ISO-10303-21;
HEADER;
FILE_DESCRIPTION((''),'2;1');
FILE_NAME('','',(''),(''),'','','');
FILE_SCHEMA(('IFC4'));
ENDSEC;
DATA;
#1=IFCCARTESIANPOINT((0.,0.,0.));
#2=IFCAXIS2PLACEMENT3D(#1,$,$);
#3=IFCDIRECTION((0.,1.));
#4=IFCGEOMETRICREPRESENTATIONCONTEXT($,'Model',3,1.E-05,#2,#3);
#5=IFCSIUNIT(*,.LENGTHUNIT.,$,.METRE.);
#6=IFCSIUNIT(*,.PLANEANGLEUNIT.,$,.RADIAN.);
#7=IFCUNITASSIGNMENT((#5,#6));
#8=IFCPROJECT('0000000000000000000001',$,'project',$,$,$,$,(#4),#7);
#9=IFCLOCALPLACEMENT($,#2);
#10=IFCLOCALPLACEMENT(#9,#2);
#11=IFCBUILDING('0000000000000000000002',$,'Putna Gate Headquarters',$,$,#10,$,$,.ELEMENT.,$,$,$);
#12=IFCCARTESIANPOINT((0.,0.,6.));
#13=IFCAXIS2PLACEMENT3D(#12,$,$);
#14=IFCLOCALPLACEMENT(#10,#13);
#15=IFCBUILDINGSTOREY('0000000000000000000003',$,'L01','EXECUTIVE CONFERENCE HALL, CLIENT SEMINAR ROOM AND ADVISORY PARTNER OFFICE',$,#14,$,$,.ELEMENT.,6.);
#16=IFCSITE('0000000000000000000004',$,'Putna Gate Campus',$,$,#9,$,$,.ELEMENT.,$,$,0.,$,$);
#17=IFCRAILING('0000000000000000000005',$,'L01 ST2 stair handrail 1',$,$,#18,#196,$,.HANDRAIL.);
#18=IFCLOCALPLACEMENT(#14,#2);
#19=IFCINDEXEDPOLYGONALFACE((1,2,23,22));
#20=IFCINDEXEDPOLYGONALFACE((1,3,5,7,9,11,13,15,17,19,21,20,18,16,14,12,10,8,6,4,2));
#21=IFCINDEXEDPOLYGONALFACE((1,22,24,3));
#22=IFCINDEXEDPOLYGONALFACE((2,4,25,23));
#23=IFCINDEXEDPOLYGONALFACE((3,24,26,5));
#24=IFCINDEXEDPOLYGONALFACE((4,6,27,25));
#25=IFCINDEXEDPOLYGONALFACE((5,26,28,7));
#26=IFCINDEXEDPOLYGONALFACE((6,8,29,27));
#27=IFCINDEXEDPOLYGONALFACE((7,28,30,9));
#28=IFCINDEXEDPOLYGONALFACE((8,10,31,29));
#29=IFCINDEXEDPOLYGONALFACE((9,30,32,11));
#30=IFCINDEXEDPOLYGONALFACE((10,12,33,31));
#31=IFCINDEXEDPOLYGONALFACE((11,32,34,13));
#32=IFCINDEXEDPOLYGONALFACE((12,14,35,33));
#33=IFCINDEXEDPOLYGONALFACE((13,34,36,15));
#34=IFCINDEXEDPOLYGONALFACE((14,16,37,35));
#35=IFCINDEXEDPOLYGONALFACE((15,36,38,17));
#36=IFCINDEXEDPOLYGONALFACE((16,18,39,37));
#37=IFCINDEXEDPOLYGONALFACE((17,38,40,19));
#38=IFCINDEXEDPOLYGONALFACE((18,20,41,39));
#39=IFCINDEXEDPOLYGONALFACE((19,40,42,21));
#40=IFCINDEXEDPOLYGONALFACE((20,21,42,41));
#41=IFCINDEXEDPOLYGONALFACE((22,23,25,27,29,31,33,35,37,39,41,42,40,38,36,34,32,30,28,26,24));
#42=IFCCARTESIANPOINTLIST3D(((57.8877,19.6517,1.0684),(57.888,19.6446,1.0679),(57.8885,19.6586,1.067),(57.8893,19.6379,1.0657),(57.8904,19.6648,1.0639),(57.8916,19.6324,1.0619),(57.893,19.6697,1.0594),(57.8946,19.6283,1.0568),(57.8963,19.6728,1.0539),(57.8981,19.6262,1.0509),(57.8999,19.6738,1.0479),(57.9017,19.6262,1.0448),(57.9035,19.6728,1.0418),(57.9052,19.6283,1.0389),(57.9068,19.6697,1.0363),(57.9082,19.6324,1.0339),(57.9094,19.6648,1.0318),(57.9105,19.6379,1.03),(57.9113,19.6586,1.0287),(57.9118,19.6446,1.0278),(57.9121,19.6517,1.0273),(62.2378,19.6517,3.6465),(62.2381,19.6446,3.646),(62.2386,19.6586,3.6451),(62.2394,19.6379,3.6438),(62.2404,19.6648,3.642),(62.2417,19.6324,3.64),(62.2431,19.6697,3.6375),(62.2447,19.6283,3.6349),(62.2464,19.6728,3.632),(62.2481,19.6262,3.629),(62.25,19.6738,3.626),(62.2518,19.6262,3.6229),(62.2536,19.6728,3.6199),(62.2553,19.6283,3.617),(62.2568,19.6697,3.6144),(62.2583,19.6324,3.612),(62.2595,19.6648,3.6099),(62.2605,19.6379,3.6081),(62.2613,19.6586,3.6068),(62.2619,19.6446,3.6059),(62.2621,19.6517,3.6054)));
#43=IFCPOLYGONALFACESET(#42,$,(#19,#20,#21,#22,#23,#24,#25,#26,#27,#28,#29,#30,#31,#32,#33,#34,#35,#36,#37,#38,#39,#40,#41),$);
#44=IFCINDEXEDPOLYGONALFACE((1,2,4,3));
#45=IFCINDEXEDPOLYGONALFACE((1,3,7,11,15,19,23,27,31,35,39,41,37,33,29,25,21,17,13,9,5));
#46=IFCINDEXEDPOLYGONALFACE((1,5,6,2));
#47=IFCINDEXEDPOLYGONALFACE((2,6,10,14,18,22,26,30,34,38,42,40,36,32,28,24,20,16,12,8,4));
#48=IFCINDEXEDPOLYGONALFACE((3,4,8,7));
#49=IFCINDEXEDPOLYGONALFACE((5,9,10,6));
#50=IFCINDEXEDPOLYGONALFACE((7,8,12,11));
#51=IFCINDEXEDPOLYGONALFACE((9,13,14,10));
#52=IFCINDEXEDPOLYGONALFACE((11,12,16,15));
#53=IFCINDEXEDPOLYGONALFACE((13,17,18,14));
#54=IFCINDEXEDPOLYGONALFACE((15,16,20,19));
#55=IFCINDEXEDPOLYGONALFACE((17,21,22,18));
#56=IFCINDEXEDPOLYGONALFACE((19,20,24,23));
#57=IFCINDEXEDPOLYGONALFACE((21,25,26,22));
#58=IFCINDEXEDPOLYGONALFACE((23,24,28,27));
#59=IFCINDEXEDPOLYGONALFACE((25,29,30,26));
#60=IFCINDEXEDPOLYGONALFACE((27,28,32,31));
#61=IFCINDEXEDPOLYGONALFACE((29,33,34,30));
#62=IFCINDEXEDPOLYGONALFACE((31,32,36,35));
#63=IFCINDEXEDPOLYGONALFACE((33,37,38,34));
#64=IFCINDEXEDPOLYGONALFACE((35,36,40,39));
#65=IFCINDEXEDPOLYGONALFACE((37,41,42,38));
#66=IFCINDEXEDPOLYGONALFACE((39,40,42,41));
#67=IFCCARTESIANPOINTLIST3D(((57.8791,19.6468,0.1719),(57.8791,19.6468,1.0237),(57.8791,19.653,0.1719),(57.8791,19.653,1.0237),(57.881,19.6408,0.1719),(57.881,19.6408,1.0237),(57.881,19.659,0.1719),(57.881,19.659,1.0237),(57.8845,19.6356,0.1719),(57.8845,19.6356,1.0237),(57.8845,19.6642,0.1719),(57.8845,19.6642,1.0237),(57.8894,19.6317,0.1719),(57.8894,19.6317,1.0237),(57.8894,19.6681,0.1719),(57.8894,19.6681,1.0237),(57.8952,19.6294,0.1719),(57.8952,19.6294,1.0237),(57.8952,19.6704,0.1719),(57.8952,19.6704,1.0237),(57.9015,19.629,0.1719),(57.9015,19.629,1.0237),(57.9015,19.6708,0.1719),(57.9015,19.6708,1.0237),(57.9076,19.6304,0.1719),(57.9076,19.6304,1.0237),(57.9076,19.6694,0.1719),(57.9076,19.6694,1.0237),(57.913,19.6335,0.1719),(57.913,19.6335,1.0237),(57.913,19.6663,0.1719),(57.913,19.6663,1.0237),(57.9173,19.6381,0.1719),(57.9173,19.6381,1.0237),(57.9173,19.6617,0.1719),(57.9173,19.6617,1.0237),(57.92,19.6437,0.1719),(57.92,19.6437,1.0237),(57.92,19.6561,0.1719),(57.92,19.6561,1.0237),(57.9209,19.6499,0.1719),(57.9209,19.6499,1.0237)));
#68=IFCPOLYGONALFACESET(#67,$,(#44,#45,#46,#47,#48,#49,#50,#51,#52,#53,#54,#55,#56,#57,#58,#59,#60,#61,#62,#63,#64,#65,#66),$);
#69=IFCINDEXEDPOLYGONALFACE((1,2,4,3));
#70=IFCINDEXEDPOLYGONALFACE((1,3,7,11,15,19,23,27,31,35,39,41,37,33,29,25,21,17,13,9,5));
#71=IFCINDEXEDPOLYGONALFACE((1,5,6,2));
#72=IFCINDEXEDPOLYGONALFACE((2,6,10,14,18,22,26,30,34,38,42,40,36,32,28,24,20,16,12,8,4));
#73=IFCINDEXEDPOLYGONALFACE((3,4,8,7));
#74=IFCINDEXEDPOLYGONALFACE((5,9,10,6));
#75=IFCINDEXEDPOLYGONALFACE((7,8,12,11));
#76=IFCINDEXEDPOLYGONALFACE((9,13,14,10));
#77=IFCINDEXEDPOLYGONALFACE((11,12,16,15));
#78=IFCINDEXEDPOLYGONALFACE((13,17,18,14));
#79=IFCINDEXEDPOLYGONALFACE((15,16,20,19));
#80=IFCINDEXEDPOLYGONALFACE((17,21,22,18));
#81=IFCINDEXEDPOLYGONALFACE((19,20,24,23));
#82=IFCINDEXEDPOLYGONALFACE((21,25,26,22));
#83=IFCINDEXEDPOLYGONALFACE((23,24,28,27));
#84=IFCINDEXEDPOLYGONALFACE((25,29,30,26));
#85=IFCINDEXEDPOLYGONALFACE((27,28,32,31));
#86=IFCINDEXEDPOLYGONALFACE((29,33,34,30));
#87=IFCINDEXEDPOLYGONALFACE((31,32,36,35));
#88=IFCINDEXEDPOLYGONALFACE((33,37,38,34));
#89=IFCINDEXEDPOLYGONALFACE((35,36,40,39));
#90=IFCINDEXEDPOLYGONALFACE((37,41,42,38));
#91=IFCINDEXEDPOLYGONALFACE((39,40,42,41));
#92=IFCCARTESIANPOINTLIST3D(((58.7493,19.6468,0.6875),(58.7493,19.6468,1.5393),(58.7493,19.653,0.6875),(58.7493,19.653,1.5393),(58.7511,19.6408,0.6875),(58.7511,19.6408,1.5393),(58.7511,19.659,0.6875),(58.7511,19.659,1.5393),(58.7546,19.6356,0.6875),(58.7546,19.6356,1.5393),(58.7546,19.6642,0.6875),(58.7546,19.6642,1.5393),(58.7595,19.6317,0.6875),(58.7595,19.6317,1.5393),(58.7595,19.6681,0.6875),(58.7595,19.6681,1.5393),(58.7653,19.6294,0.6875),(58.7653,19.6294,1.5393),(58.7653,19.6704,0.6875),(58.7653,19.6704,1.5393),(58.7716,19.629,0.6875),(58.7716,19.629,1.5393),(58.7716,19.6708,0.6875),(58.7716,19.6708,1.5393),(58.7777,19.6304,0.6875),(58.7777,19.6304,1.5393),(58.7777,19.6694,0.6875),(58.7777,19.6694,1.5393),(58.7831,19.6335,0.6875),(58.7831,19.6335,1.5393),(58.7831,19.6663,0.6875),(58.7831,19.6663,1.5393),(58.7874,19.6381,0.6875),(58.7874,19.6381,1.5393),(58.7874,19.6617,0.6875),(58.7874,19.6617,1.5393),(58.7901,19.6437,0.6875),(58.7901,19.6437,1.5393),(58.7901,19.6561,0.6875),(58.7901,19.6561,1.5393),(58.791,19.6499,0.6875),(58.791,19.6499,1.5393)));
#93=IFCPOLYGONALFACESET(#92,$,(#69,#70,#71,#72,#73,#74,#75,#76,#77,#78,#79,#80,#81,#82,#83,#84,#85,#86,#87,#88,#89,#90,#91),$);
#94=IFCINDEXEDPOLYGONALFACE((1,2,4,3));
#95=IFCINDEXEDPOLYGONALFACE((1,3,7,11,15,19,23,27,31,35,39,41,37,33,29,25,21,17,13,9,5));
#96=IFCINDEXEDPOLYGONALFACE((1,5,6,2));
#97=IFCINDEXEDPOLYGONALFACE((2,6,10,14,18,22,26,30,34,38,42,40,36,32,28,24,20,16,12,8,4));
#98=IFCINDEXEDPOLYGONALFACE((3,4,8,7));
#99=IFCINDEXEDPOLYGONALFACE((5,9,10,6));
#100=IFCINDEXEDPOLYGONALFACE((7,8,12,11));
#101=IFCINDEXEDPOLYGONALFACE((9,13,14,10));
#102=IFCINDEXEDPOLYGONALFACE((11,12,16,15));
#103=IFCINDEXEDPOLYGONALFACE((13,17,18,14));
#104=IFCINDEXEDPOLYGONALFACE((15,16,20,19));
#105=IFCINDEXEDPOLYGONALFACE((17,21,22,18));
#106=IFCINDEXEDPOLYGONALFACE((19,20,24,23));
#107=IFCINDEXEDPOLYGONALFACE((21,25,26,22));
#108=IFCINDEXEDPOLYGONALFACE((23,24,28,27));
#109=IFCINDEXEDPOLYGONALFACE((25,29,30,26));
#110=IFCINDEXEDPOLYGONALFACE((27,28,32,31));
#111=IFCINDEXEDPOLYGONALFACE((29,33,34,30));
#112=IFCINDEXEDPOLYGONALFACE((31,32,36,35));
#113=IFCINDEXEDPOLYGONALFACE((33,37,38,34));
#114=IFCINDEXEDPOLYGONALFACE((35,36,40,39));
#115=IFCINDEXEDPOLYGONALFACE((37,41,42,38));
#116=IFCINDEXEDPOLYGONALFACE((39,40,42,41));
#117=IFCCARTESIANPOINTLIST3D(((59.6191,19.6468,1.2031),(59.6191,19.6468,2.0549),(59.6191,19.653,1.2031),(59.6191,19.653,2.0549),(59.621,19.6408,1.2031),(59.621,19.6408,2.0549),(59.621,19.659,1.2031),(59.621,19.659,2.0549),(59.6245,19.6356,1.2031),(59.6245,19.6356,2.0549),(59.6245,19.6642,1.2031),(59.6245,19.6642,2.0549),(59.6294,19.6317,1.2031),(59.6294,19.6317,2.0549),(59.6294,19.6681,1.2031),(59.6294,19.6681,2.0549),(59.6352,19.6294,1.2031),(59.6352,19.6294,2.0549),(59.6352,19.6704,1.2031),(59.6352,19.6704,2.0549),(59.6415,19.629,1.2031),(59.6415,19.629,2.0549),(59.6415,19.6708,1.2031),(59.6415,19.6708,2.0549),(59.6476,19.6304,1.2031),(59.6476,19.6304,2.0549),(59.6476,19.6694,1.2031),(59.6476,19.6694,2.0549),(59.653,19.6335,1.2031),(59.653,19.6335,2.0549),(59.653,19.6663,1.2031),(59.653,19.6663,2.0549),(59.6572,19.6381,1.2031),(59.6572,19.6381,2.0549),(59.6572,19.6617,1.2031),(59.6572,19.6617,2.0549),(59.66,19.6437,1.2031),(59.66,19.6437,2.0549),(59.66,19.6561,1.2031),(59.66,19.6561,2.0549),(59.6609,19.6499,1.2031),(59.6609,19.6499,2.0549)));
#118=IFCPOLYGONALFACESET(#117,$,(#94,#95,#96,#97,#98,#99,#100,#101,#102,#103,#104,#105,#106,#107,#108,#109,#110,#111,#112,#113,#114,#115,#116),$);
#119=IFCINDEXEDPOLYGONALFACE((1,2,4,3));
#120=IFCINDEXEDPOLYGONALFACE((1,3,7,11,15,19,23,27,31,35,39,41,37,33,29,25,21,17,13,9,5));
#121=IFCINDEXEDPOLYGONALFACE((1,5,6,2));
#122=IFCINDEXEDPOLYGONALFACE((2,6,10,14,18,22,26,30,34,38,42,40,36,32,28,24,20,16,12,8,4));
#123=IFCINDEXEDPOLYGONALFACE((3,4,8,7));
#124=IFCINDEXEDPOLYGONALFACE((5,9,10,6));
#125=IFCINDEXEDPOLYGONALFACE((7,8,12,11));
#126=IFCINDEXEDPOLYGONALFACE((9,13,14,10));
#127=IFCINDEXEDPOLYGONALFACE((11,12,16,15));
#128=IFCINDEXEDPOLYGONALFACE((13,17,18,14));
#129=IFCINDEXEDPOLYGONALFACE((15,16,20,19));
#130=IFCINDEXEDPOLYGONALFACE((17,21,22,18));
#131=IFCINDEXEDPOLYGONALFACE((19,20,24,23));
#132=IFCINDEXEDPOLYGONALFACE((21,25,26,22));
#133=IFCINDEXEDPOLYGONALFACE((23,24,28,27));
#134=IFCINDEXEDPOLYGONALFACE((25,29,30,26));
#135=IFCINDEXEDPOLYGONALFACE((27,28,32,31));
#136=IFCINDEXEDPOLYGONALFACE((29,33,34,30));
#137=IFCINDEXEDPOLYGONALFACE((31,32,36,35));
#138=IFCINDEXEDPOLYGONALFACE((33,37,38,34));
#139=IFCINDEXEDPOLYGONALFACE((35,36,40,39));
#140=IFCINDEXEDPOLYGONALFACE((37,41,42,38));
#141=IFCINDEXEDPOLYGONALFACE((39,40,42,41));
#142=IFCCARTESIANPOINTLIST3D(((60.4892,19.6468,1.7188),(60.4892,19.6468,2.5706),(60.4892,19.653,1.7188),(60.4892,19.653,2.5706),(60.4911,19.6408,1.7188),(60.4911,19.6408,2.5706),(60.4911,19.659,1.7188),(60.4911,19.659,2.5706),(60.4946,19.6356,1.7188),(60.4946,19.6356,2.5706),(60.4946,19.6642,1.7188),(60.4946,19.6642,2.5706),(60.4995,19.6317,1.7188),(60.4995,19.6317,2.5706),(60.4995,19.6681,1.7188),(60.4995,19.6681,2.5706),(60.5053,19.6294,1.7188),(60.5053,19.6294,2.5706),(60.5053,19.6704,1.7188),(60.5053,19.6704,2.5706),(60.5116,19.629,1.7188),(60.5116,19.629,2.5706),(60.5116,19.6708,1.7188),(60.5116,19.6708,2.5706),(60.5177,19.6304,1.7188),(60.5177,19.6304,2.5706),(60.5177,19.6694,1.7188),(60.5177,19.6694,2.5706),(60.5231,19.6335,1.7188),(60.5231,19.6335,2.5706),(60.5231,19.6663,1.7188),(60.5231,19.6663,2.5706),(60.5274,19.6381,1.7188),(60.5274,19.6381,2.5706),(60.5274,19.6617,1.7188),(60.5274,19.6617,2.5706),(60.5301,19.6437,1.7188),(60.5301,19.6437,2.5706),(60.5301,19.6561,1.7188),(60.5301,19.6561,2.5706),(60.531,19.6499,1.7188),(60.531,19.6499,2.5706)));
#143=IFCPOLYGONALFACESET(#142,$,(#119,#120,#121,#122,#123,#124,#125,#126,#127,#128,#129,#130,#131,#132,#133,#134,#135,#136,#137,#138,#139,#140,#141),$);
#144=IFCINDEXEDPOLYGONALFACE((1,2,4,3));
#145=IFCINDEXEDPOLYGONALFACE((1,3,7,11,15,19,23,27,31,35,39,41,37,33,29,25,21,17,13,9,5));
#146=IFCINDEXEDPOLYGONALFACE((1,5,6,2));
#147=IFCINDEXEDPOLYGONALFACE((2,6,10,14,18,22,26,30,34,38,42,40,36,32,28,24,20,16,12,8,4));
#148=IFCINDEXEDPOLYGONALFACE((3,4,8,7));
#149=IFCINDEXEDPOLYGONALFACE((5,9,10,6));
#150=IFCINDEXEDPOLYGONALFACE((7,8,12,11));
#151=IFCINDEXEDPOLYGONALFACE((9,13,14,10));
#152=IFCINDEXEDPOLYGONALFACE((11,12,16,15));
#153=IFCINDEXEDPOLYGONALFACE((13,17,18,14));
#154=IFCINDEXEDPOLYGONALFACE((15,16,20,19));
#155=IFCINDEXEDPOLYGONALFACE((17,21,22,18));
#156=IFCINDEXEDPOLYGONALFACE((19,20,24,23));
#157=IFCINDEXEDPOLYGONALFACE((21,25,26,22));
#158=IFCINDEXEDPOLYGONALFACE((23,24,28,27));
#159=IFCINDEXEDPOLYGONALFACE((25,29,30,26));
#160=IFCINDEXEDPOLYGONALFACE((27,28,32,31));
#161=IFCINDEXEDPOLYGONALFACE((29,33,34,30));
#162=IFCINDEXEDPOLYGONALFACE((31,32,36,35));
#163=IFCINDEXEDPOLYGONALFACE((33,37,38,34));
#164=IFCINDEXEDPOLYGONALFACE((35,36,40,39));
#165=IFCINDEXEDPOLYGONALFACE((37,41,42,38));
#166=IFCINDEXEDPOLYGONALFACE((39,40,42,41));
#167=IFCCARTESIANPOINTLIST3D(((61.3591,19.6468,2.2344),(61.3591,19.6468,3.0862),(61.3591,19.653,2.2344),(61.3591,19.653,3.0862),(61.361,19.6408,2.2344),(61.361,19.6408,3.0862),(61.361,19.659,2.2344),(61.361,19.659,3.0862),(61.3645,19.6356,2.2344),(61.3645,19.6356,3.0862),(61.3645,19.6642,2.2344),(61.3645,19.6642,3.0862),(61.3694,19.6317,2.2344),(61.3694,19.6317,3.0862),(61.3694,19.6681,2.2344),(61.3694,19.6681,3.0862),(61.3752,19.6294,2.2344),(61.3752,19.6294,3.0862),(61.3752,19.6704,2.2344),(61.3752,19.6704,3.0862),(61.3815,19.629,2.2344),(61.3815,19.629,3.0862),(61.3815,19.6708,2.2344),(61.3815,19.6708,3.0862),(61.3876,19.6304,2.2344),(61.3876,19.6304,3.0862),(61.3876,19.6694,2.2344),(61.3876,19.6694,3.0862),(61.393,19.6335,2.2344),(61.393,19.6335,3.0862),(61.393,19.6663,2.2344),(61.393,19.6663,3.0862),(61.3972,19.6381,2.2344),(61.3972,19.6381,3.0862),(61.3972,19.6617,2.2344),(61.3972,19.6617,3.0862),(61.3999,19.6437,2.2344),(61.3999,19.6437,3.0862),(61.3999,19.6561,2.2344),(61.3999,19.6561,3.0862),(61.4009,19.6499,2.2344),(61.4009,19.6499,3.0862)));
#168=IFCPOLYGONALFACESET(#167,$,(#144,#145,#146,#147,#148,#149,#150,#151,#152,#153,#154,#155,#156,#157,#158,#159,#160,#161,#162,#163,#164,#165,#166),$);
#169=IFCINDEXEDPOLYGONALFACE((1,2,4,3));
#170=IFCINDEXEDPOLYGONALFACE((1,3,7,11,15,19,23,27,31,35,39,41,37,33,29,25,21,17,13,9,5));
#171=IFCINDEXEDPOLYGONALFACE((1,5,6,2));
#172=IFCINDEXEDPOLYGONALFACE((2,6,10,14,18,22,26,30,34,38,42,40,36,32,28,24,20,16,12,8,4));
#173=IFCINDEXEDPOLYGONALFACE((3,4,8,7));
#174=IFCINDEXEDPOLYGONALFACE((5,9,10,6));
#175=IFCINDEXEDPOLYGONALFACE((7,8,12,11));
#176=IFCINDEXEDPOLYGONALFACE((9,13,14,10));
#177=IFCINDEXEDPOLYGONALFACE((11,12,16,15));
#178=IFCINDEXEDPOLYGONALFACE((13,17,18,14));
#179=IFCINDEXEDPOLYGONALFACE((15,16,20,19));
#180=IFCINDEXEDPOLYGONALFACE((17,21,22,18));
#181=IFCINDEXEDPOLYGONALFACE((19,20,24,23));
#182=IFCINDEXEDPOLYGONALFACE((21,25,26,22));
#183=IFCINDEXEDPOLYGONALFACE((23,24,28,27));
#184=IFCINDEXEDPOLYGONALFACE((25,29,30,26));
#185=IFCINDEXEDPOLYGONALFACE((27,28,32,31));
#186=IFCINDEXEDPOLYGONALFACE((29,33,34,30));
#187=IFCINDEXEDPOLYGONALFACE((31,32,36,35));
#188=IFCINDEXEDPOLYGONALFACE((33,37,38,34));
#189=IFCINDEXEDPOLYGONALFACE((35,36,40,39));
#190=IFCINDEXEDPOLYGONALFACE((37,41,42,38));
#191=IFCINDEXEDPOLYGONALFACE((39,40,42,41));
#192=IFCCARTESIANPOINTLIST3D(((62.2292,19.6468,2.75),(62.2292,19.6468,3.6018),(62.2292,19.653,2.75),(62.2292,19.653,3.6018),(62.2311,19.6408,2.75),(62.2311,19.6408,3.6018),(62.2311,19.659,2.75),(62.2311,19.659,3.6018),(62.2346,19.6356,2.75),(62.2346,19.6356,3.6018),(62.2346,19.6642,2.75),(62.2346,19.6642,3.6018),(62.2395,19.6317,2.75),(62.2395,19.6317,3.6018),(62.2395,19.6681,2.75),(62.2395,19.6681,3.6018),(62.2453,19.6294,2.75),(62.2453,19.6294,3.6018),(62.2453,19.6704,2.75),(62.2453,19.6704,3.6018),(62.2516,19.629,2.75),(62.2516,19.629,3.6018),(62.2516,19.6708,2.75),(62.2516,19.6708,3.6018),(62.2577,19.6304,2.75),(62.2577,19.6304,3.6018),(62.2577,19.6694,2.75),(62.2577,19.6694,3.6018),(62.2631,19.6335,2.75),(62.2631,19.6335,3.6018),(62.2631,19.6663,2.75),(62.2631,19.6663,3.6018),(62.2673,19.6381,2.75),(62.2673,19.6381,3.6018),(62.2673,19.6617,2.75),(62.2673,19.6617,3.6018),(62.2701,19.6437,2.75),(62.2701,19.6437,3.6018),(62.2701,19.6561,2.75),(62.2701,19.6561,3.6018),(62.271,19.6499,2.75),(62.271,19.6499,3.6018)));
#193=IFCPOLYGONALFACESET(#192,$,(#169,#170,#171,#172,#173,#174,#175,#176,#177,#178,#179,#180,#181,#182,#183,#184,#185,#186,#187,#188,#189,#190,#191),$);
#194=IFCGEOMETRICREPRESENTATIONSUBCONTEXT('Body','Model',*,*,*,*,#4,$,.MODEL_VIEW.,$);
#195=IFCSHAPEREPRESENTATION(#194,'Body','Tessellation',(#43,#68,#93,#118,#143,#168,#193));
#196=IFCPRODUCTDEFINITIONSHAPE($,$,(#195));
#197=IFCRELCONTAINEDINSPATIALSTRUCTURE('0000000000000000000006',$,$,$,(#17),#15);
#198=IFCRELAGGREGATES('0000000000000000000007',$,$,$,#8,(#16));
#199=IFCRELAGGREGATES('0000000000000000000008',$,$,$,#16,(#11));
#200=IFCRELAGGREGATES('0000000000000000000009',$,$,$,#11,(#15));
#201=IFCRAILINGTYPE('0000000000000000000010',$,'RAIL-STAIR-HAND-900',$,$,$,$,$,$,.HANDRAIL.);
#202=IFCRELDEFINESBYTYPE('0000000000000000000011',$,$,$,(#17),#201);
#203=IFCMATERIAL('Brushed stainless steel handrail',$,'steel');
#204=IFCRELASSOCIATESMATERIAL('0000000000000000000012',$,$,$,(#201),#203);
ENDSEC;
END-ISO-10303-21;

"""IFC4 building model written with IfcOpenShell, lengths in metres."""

from ifc_helpers import new_model, si_unit, direction, frame, origin, origin_2d, place, context, subcontext, project, spatial, circle, extrude, material, type_object, element, save


model = new_model("IFC4")

# Units and contexts
model_context = context("Model", 3, precision=1e-05, world=origin(), true_north=direction((0.0, 1.0)))
body_context = subcontext(model_context, "Body", "Model", "MODEL_VIEW")
ifc_project = project(units=[si_unit("LENGTHUNIT", "METRE"), si_unit("PLANEANGLEUNIT", "RADIAN")], contexts=[model_context])

# Site, building, storey
site_placement = place(None, origin())
site = spatial("IfcSite", under=ifc_project, at=site_placement, Name="Putna Gate Campus", CompositionType="ELEMENT", RefElevation=0.0)
building_placement = place(site_placement, origin())
building = spatial("IfcBuilding", under=site, at=building_placement, Name="Putna Gate Headquarters", CompositionType="ELEMENT")
storey_placement = place(building_placement, frame((0.0, 0.0, 6.0)))
storey = spatial("IfcBuildingStorey", under=building, at=storey_placement, Name="L01", Description="EXECUTIVE CONFERENCE HALL, CLIENT SEMINAR ROOM AND ADVISORY PARTNER OFFICE", CompositionType="ELEMENT", Elevation=6.0)

# Railing
ifc_material_1 = material(Name="Brushed stainless steel handrail", Category="steel")
railing_type_1 = type_object("IfcRailingType", Name="RAIL-STAIR-HAND-900", PredefinedType="HANDRAIL", material=ifc_material_1)
railing_1_placement = place(storey_placement, frame((57.8999, 19.6499, 0.1719)))
element("IfcRailing", 1, at=railing_1_placement, inside=storey, type_object=railing_type_1, Name="L01 ST2 stair handrail 1", PredefinedType="HANDRAIL", context=body_context, shape_type="SweptSolid", body=[
    extrude(circle(Radius=0.0239, at=origin_2d()), frame((0.0, 0.0, 0.876), z_axis=(0.860266, 0.0, 0.509845), x_axis=(0.0, 1.0, 0.0)), (0.0, 0.0, 1.0), 5.0566),
    extrude(circle(Radius=0.021, at=origin_2d()), origin(), (0.0, 0.0, 1.0), 0.8518),
    extrude(circle(Radius=0.021, at=origin_2d()), frame((0.8701, 0.0, 0.5156)), (0.0, 0.0, 1.0), 0.8518),
    extrude(circle(Radius=0.021, at=origin_2d()), frame((1.74, 0.0, 1.0312)), (0.0, 0.0, 1.0), 0.8518),
    extrude(circle(Radius=0.021, at=origin_2d()), frame((2.6101, 0.0, 1.5469)), (0.0, 0.0, 1.0), 0.8518),
    extrude(circle(Radius=0.021, at=origin_2d()), frame((3.48, 0.0, 2.0625)), (0.0, 0.0, 1.0), 0.8518),
    extrude(circle(Radius=0.021, at=origin_2d()), frame((4.3501, 0.0, 2.5781)), (0.0, 0.0, 1.0), 0.8518),
])

save(model, "model.ifc")
